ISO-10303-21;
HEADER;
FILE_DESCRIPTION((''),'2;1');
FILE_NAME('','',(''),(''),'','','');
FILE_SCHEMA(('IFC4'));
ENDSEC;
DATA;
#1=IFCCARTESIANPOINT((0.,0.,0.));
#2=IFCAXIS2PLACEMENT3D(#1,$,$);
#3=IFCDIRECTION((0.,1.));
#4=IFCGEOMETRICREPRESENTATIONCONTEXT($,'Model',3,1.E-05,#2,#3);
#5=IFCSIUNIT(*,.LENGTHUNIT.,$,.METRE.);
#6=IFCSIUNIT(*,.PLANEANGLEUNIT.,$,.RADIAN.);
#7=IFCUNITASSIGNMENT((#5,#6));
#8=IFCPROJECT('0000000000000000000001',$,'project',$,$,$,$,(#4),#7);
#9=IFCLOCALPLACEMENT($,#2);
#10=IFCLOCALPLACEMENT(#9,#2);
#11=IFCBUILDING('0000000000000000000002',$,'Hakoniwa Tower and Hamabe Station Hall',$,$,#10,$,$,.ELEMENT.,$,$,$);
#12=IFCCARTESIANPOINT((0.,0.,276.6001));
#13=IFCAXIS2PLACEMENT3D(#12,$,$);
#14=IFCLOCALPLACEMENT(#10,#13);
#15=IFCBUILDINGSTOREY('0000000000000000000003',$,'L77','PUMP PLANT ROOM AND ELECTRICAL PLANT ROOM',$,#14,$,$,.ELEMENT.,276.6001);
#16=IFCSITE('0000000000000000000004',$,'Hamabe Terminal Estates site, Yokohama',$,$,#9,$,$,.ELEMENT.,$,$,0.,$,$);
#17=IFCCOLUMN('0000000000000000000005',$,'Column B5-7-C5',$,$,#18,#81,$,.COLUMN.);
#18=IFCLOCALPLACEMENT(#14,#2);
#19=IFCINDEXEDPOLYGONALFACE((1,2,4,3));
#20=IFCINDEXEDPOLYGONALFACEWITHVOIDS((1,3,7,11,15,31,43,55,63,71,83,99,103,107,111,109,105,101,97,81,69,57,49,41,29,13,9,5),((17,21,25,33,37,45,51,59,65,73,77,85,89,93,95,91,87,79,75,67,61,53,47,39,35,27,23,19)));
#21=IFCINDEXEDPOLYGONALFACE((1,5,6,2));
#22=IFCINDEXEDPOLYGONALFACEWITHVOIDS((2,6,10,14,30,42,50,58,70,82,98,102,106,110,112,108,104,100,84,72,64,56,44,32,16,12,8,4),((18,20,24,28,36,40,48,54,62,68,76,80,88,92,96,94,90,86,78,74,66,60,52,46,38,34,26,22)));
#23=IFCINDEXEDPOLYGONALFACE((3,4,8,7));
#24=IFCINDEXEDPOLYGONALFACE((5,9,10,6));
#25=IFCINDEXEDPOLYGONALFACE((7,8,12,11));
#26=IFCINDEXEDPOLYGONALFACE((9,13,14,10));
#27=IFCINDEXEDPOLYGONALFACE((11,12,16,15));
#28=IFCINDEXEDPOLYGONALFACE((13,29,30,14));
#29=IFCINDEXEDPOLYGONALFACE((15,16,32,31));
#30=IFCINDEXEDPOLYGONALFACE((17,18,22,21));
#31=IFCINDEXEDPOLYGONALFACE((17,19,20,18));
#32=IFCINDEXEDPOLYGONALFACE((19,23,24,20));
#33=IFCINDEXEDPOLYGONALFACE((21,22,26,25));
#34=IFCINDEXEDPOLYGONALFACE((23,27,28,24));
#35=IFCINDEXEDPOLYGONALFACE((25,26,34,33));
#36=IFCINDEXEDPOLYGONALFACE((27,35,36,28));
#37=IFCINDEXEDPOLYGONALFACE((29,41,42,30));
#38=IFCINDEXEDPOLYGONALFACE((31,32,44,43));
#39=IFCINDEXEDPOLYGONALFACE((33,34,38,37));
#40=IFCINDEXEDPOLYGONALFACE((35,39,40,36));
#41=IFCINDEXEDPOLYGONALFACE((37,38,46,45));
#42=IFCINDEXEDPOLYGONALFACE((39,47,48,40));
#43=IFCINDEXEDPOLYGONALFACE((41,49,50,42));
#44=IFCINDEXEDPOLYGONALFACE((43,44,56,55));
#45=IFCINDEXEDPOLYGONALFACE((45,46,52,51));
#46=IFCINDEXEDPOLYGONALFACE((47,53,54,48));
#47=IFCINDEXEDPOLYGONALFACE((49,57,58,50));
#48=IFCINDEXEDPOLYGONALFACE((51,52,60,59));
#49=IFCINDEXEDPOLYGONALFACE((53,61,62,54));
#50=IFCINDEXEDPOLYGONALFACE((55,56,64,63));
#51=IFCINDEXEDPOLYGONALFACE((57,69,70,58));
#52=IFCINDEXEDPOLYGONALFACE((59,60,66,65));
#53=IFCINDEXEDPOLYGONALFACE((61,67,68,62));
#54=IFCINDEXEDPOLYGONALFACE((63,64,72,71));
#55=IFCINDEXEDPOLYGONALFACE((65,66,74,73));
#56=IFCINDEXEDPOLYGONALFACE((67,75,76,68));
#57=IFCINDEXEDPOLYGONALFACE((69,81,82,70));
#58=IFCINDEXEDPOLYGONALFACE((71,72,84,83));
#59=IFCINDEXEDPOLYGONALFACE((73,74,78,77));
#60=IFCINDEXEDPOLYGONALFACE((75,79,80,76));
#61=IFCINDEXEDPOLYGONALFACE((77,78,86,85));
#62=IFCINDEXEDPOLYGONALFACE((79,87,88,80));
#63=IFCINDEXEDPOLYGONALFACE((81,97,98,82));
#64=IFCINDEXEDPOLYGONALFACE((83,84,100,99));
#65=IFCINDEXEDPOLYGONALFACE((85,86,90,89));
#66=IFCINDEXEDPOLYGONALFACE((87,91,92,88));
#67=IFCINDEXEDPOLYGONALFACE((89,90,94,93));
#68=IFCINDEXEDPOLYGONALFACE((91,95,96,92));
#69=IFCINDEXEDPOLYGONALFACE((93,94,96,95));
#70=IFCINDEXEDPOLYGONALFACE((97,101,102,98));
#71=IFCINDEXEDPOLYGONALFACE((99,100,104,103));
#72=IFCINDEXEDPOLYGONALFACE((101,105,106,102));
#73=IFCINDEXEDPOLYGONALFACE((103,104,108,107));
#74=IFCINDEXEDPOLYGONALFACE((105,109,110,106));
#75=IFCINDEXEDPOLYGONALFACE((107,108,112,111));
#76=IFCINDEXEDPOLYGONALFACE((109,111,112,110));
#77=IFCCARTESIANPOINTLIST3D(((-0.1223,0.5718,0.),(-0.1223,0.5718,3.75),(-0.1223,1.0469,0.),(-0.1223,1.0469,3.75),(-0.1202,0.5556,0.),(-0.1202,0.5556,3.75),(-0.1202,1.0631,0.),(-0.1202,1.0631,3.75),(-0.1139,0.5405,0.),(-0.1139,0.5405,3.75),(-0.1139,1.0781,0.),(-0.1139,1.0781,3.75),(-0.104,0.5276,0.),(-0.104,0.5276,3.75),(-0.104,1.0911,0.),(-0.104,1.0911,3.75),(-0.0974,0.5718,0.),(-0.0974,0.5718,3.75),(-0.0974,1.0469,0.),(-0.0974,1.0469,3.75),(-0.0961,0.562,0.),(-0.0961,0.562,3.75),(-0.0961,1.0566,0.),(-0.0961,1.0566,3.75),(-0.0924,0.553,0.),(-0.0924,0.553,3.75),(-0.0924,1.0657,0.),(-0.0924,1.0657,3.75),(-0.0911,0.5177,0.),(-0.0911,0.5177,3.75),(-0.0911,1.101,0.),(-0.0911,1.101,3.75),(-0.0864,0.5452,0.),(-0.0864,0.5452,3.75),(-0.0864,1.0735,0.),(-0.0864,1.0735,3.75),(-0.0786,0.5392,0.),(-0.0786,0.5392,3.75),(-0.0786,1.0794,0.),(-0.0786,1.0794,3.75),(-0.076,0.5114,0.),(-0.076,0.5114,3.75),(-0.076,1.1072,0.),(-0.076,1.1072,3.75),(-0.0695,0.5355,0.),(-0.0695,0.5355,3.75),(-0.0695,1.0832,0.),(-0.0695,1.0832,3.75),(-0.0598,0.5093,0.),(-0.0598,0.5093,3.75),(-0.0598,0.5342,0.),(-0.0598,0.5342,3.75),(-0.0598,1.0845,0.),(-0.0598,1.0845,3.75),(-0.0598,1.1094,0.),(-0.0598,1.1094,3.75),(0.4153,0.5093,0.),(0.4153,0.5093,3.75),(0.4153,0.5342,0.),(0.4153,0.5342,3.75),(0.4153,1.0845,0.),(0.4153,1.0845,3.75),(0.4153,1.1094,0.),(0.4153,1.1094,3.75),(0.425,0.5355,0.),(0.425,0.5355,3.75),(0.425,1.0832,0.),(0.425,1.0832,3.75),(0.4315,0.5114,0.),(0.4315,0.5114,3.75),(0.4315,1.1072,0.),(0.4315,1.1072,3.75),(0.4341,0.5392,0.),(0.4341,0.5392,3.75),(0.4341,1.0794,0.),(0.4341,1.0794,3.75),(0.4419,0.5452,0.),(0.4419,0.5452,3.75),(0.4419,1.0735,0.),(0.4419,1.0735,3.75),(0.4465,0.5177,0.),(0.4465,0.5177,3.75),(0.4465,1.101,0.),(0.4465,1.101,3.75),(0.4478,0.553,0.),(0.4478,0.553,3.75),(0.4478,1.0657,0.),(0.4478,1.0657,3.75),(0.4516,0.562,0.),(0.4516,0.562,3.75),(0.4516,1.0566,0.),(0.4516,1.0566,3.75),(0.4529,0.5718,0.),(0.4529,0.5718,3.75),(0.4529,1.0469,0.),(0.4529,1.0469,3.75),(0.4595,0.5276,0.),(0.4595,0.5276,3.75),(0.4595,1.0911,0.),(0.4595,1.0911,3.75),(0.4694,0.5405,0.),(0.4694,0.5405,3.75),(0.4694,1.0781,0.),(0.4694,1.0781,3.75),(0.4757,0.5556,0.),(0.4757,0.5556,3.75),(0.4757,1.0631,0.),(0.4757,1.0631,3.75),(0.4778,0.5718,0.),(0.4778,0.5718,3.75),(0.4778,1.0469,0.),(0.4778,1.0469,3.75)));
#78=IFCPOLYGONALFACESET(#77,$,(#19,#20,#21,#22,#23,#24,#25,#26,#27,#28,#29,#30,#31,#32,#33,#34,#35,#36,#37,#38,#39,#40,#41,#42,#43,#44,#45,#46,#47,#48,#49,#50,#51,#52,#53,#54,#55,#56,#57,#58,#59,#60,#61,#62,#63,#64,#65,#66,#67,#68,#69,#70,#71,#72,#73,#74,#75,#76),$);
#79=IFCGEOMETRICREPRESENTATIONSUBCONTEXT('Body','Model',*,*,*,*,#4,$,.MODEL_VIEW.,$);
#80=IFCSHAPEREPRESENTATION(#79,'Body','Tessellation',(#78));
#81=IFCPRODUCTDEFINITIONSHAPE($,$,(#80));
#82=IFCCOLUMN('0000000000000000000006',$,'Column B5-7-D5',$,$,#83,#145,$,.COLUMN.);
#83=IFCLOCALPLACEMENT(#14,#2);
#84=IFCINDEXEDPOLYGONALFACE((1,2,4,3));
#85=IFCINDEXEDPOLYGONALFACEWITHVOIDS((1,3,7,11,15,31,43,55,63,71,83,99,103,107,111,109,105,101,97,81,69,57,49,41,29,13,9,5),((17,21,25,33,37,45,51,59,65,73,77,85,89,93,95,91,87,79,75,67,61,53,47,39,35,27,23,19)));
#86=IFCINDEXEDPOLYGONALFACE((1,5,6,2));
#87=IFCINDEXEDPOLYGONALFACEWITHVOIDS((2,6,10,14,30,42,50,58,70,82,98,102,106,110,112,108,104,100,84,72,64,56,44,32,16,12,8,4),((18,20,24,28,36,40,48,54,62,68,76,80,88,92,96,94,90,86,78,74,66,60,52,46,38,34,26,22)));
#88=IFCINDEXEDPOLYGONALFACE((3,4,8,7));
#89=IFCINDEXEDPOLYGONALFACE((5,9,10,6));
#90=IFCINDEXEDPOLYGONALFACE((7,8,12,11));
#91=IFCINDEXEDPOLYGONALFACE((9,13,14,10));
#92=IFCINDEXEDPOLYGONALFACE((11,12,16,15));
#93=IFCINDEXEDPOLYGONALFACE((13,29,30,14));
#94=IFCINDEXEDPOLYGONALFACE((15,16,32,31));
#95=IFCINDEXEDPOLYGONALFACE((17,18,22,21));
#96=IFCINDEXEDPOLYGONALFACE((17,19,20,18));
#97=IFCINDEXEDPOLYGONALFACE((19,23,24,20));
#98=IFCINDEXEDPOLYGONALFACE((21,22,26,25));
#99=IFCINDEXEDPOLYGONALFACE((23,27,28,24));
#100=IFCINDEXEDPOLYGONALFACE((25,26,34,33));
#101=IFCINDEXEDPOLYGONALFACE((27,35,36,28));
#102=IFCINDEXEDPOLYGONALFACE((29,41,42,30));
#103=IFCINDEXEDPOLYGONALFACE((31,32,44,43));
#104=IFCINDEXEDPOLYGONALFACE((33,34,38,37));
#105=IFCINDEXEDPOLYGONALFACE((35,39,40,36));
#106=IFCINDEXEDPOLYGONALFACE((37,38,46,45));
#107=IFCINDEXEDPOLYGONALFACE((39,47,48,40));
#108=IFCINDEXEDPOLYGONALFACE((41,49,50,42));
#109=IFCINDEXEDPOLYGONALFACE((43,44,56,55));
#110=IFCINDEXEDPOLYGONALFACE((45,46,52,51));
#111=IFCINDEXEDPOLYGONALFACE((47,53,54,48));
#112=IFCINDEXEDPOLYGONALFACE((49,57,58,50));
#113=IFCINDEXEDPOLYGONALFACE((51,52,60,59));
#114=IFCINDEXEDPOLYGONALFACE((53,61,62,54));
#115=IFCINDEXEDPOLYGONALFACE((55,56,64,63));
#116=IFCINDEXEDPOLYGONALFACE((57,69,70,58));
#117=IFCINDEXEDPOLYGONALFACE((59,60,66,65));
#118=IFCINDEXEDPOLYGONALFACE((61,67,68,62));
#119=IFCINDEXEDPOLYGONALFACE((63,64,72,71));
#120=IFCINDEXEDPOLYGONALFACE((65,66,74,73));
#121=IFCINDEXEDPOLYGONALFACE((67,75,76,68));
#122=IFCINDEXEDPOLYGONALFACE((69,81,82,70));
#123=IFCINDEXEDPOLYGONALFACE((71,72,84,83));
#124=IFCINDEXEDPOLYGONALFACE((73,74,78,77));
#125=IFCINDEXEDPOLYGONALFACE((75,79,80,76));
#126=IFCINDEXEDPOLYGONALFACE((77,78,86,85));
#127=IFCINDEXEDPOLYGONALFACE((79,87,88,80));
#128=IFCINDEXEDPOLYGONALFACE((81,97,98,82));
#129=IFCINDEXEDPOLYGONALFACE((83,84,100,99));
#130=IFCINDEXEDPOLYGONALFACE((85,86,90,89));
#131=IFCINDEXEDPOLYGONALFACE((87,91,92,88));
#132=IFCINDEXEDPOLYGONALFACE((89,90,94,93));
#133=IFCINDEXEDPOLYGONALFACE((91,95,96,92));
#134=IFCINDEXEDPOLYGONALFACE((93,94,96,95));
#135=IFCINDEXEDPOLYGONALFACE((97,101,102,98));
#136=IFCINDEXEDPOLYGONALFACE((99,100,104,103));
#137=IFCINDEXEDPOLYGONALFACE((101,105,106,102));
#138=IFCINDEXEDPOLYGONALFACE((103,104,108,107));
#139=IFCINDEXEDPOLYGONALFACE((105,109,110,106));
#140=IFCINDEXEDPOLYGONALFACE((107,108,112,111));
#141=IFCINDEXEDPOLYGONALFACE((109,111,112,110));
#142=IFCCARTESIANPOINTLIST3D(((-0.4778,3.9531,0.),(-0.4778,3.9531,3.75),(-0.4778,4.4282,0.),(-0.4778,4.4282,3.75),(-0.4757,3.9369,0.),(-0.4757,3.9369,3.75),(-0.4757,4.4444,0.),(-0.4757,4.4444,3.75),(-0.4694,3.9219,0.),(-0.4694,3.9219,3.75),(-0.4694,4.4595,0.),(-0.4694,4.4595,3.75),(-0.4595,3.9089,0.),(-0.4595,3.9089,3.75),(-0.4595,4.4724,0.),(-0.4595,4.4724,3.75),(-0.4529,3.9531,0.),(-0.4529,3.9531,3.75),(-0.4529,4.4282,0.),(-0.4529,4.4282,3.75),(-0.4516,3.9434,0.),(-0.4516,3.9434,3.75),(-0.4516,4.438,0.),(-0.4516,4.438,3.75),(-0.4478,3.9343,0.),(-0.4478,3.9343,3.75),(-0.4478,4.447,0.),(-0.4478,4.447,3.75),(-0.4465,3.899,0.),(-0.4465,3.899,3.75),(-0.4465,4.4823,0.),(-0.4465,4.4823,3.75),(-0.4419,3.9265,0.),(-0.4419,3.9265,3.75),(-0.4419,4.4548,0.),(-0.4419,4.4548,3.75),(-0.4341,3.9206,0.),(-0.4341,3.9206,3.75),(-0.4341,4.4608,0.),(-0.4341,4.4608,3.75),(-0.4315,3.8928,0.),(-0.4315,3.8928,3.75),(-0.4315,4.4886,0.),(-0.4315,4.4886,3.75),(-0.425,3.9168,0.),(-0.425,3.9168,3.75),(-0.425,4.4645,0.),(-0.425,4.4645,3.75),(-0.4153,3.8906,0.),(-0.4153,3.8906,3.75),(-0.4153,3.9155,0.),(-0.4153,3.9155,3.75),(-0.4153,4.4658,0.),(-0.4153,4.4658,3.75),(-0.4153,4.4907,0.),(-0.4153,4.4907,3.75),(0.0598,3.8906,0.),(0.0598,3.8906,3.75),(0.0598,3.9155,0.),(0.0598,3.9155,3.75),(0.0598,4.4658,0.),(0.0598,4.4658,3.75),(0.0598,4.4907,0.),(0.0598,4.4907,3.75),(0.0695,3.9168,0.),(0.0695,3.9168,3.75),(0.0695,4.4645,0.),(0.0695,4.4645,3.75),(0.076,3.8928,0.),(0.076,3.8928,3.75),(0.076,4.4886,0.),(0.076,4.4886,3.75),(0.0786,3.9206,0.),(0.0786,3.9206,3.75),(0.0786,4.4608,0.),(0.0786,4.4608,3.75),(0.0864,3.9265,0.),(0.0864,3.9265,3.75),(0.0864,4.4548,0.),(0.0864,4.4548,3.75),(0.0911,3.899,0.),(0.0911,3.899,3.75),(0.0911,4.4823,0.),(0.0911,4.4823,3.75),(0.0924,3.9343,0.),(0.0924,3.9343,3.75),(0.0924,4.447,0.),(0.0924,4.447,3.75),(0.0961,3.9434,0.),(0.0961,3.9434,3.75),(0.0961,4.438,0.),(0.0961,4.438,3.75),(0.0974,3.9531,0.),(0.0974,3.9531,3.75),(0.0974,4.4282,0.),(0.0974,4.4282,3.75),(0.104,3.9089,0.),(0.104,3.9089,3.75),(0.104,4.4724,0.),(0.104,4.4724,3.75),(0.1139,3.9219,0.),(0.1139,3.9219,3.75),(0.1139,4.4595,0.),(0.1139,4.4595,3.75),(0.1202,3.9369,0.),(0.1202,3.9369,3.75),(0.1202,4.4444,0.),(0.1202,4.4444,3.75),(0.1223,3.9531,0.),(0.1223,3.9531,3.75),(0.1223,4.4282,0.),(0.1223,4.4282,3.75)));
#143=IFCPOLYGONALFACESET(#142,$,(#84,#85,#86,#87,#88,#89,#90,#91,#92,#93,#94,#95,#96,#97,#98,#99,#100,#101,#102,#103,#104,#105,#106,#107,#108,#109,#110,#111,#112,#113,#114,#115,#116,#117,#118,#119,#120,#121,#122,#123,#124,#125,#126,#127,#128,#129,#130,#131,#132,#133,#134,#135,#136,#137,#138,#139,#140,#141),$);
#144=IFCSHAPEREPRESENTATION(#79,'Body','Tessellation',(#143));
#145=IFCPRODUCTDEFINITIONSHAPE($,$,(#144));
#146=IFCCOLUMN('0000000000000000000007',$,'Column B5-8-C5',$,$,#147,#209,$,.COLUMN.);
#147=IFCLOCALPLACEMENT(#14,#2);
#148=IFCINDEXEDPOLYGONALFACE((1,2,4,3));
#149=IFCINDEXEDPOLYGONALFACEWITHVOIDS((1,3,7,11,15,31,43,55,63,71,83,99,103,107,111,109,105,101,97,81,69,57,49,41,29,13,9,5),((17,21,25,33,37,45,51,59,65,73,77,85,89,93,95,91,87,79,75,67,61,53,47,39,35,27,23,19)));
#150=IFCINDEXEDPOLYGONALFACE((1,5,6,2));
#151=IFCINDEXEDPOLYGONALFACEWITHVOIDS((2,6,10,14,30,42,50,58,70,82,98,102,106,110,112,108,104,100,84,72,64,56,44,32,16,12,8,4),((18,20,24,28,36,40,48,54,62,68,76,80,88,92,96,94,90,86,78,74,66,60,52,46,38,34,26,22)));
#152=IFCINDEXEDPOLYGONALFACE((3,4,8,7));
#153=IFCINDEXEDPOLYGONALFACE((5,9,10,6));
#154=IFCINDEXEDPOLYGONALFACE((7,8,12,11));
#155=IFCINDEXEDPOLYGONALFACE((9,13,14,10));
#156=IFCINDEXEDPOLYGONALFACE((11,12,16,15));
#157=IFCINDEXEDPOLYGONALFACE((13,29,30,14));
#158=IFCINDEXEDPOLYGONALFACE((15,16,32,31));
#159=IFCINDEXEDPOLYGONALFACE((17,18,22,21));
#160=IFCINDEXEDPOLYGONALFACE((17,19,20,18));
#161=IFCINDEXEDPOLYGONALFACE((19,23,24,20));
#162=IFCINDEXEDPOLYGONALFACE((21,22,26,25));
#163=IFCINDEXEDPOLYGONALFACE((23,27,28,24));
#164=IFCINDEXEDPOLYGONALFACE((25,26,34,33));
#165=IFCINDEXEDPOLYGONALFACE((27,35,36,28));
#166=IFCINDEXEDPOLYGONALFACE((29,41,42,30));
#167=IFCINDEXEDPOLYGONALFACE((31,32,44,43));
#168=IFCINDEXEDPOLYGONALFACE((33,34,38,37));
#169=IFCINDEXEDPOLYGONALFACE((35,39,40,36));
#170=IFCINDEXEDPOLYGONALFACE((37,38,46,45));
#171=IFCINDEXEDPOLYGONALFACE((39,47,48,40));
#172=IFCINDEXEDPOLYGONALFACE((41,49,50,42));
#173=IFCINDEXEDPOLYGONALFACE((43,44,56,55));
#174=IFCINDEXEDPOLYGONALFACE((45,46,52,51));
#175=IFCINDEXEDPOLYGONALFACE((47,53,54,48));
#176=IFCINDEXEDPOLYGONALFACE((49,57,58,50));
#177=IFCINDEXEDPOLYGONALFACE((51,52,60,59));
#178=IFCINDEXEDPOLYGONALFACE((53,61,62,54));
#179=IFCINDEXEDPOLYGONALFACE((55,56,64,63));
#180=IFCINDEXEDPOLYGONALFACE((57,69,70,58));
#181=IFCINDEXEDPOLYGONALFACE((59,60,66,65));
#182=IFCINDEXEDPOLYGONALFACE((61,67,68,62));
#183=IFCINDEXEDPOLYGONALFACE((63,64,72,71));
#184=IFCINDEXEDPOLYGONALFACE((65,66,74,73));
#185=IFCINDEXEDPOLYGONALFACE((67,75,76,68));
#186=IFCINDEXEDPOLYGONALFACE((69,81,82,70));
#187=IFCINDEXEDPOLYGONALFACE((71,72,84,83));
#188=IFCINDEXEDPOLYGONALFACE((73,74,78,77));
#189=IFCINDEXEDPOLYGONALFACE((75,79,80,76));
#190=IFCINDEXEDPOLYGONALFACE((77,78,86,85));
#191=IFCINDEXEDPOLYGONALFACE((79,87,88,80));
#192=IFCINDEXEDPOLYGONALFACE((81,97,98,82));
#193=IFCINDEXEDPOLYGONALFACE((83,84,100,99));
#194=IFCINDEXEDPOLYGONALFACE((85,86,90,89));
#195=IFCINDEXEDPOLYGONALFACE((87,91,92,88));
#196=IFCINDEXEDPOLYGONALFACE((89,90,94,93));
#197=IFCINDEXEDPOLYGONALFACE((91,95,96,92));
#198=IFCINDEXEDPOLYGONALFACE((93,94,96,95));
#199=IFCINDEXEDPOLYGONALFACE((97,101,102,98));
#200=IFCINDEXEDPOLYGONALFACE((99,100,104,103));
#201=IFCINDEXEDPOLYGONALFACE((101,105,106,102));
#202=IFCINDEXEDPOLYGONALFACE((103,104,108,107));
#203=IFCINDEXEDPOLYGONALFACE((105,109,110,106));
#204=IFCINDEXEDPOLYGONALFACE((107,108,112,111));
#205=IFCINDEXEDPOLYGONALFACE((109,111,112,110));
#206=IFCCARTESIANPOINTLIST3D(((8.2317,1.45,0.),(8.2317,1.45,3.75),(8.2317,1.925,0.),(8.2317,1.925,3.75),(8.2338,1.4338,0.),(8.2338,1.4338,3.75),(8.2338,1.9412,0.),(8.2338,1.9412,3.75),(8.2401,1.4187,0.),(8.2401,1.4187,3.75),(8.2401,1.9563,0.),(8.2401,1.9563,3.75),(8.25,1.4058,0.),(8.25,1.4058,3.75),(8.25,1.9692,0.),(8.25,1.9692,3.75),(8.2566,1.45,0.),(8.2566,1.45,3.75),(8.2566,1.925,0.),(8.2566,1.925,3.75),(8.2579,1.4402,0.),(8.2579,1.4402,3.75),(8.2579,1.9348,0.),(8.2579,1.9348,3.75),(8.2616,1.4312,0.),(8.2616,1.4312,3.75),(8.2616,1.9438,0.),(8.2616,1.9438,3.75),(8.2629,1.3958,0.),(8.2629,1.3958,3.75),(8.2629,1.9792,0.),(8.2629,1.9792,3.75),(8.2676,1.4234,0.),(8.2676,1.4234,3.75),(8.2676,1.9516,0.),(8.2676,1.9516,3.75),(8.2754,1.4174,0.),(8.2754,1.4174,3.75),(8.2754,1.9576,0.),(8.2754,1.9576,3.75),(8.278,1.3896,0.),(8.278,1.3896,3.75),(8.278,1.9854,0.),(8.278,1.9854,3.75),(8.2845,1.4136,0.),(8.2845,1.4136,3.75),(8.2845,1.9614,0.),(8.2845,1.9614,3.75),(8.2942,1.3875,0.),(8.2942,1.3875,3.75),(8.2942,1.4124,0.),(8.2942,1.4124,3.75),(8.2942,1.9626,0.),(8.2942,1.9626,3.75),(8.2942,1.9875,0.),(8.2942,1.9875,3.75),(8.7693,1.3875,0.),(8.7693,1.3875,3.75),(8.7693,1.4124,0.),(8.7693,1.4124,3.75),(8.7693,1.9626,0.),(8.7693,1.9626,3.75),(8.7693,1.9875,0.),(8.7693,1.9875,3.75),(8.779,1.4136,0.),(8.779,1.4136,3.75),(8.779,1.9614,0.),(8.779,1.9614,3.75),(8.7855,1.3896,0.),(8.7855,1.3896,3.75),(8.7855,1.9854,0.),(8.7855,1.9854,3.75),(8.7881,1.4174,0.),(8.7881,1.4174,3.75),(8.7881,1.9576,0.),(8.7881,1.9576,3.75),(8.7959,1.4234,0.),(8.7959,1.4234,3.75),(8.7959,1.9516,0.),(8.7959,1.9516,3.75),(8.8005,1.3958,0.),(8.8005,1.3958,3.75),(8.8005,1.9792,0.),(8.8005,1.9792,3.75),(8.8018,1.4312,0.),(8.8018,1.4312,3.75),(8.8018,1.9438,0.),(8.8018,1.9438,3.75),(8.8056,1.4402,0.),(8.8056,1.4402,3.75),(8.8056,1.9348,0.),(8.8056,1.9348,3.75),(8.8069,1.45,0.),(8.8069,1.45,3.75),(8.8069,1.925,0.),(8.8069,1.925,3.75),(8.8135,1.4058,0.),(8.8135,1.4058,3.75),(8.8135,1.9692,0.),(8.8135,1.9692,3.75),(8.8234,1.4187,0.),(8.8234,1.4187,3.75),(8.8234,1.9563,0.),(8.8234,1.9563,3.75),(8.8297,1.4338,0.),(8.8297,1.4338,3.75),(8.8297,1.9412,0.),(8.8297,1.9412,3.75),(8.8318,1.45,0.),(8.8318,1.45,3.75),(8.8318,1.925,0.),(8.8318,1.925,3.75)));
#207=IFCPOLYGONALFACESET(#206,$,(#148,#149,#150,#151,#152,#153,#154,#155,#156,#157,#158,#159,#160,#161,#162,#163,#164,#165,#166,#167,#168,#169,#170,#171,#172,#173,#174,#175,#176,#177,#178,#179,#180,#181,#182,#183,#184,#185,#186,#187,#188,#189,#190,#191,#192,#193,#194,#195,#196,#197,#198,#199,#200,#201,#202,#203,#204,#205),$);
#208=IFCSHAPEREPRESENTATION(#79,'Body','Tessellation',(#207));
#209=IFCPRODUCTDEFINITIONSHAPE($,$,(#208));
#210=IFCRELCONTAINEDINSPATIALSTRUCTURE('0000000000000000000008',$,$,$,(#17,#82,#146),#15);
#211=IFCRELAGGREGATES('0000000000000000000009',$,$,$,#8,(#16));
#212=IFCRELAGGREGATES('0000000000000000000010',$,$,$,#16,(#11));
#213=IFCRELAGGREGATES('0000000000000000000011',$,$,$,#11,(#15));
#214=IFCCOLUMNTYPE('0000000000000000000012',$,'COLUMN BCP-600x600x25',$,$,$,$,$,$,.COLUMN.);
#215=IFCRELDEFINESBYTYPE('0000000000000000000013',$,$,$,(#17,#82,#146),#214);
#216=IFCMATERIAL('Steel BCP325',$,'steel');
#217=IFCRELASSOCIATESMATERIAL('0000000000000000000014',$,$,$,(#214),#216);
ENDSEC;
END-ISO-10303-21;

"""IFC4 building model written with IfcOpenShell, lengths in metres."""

from ifc_helpers import new_model, si_unit, direction, frame, origin, origin_2d, place, context, subcontext, project, spatial, hollow_rectangle, extrude, material, material_profile, profile_set, type_object, element, save


model = new_model("IFC4")

# Units and contexts
model_context = context("Model", 3, precision=1e-05, world=origin(), true_north=direction((0.0, 1.0)))
body_context = subcontext(model_context, "Body", "Model", "MODEL_VIEW")
ifc_project = project(units=[si_unit("LENGTHUNIT", "METRE"), si_unit("PLANEANGLEUNIT", "RADIAN")], contexts=[model_context])

# Site, building, storey
site_placement = place(None, origin())
site = spatial("IfcSite", under=ifc_project, at=site_placement, Name="Hamabe Terminal Estates site, Yokohama", CompositionType="ELEMENT", RefElevation=0.0)
building_placement = place(site_placement, origin())
building = spatial("IfcBuilding", under=site, at=building_placement, Name="Hakoniwa Tower and Hamabe Station Hall", CompositionType="ELEMENT")
storey_placement = place(building_placement, frame((0.0, 0.0, 276.6001)))
storey = spatial("IfcBuildingStorey", under=building, at=storey_placement, Name="L77", Description="PUMP PLANT ROOM AND ELECTRICAL PLANT ROOM", CompositionType="ELEMENT", Elevation=276.6001)

# Columns
ifc_material_1 = material(Name="Steel BCP325", Category="steel")
ifc_material_profile_1 = material_profile(ifc_material_1, hollow_rectangle(XDim=0.6001, YDim=0.6001, WallThickness=0.0249, InnerFilletRadius=0.0376, OuterFilletRadius=0.0625, at=origin_2d()), Name="BCP-600x600x25")
ifc_profile_set_1 = profile_set([ifc_material_profile_1], Name="Steel BCP325")
column_type_1 = type_object("IfcColumnType", Name="COLUMN BCP-600x600x25", PredefinedType="COLUMN", material=ifc_profile_set_1)
for number, where, z_axis, x_axis, name in (
    (1, (0.1777, 0.8093, 0.0), (0.0, 0.0, 1.0), (1.0, 0.0, 0.0), "Column B5-7-C5"),
    (2, (-0.1777, 4.1907, 0.0), (0.0, 0.0, 1.0), (1.0, 0.0, 0.0), "Column B5-7-D5"),
    (3, (8.5317, 1.6875, 0.0), (0.0, 0.0, 1.0), (1.0, 0.0, 0.0), "Column B5-8-C5"),
):
    element("IfcColumn", number, at=place(storey_placement, frame(where, z_axis=z_axis, x_axis=x_axis)), inside=storey, type_object=column_type_1, Name=name, PredefinedType="COLUMN", context=body_context, shape_type="SweptSolid", body=[
        extrude(hollow_rectangle(XDim=0.6001, YDim=0.6001, WallThickness=0.0249, InnerFilletRadius=0.0376, OuterFilletRadius=0.0625, at=origin_2d()), origin(), (0.0, 0.0, 1.0), 3.75),
    ])

save(model, "model.ifc")
